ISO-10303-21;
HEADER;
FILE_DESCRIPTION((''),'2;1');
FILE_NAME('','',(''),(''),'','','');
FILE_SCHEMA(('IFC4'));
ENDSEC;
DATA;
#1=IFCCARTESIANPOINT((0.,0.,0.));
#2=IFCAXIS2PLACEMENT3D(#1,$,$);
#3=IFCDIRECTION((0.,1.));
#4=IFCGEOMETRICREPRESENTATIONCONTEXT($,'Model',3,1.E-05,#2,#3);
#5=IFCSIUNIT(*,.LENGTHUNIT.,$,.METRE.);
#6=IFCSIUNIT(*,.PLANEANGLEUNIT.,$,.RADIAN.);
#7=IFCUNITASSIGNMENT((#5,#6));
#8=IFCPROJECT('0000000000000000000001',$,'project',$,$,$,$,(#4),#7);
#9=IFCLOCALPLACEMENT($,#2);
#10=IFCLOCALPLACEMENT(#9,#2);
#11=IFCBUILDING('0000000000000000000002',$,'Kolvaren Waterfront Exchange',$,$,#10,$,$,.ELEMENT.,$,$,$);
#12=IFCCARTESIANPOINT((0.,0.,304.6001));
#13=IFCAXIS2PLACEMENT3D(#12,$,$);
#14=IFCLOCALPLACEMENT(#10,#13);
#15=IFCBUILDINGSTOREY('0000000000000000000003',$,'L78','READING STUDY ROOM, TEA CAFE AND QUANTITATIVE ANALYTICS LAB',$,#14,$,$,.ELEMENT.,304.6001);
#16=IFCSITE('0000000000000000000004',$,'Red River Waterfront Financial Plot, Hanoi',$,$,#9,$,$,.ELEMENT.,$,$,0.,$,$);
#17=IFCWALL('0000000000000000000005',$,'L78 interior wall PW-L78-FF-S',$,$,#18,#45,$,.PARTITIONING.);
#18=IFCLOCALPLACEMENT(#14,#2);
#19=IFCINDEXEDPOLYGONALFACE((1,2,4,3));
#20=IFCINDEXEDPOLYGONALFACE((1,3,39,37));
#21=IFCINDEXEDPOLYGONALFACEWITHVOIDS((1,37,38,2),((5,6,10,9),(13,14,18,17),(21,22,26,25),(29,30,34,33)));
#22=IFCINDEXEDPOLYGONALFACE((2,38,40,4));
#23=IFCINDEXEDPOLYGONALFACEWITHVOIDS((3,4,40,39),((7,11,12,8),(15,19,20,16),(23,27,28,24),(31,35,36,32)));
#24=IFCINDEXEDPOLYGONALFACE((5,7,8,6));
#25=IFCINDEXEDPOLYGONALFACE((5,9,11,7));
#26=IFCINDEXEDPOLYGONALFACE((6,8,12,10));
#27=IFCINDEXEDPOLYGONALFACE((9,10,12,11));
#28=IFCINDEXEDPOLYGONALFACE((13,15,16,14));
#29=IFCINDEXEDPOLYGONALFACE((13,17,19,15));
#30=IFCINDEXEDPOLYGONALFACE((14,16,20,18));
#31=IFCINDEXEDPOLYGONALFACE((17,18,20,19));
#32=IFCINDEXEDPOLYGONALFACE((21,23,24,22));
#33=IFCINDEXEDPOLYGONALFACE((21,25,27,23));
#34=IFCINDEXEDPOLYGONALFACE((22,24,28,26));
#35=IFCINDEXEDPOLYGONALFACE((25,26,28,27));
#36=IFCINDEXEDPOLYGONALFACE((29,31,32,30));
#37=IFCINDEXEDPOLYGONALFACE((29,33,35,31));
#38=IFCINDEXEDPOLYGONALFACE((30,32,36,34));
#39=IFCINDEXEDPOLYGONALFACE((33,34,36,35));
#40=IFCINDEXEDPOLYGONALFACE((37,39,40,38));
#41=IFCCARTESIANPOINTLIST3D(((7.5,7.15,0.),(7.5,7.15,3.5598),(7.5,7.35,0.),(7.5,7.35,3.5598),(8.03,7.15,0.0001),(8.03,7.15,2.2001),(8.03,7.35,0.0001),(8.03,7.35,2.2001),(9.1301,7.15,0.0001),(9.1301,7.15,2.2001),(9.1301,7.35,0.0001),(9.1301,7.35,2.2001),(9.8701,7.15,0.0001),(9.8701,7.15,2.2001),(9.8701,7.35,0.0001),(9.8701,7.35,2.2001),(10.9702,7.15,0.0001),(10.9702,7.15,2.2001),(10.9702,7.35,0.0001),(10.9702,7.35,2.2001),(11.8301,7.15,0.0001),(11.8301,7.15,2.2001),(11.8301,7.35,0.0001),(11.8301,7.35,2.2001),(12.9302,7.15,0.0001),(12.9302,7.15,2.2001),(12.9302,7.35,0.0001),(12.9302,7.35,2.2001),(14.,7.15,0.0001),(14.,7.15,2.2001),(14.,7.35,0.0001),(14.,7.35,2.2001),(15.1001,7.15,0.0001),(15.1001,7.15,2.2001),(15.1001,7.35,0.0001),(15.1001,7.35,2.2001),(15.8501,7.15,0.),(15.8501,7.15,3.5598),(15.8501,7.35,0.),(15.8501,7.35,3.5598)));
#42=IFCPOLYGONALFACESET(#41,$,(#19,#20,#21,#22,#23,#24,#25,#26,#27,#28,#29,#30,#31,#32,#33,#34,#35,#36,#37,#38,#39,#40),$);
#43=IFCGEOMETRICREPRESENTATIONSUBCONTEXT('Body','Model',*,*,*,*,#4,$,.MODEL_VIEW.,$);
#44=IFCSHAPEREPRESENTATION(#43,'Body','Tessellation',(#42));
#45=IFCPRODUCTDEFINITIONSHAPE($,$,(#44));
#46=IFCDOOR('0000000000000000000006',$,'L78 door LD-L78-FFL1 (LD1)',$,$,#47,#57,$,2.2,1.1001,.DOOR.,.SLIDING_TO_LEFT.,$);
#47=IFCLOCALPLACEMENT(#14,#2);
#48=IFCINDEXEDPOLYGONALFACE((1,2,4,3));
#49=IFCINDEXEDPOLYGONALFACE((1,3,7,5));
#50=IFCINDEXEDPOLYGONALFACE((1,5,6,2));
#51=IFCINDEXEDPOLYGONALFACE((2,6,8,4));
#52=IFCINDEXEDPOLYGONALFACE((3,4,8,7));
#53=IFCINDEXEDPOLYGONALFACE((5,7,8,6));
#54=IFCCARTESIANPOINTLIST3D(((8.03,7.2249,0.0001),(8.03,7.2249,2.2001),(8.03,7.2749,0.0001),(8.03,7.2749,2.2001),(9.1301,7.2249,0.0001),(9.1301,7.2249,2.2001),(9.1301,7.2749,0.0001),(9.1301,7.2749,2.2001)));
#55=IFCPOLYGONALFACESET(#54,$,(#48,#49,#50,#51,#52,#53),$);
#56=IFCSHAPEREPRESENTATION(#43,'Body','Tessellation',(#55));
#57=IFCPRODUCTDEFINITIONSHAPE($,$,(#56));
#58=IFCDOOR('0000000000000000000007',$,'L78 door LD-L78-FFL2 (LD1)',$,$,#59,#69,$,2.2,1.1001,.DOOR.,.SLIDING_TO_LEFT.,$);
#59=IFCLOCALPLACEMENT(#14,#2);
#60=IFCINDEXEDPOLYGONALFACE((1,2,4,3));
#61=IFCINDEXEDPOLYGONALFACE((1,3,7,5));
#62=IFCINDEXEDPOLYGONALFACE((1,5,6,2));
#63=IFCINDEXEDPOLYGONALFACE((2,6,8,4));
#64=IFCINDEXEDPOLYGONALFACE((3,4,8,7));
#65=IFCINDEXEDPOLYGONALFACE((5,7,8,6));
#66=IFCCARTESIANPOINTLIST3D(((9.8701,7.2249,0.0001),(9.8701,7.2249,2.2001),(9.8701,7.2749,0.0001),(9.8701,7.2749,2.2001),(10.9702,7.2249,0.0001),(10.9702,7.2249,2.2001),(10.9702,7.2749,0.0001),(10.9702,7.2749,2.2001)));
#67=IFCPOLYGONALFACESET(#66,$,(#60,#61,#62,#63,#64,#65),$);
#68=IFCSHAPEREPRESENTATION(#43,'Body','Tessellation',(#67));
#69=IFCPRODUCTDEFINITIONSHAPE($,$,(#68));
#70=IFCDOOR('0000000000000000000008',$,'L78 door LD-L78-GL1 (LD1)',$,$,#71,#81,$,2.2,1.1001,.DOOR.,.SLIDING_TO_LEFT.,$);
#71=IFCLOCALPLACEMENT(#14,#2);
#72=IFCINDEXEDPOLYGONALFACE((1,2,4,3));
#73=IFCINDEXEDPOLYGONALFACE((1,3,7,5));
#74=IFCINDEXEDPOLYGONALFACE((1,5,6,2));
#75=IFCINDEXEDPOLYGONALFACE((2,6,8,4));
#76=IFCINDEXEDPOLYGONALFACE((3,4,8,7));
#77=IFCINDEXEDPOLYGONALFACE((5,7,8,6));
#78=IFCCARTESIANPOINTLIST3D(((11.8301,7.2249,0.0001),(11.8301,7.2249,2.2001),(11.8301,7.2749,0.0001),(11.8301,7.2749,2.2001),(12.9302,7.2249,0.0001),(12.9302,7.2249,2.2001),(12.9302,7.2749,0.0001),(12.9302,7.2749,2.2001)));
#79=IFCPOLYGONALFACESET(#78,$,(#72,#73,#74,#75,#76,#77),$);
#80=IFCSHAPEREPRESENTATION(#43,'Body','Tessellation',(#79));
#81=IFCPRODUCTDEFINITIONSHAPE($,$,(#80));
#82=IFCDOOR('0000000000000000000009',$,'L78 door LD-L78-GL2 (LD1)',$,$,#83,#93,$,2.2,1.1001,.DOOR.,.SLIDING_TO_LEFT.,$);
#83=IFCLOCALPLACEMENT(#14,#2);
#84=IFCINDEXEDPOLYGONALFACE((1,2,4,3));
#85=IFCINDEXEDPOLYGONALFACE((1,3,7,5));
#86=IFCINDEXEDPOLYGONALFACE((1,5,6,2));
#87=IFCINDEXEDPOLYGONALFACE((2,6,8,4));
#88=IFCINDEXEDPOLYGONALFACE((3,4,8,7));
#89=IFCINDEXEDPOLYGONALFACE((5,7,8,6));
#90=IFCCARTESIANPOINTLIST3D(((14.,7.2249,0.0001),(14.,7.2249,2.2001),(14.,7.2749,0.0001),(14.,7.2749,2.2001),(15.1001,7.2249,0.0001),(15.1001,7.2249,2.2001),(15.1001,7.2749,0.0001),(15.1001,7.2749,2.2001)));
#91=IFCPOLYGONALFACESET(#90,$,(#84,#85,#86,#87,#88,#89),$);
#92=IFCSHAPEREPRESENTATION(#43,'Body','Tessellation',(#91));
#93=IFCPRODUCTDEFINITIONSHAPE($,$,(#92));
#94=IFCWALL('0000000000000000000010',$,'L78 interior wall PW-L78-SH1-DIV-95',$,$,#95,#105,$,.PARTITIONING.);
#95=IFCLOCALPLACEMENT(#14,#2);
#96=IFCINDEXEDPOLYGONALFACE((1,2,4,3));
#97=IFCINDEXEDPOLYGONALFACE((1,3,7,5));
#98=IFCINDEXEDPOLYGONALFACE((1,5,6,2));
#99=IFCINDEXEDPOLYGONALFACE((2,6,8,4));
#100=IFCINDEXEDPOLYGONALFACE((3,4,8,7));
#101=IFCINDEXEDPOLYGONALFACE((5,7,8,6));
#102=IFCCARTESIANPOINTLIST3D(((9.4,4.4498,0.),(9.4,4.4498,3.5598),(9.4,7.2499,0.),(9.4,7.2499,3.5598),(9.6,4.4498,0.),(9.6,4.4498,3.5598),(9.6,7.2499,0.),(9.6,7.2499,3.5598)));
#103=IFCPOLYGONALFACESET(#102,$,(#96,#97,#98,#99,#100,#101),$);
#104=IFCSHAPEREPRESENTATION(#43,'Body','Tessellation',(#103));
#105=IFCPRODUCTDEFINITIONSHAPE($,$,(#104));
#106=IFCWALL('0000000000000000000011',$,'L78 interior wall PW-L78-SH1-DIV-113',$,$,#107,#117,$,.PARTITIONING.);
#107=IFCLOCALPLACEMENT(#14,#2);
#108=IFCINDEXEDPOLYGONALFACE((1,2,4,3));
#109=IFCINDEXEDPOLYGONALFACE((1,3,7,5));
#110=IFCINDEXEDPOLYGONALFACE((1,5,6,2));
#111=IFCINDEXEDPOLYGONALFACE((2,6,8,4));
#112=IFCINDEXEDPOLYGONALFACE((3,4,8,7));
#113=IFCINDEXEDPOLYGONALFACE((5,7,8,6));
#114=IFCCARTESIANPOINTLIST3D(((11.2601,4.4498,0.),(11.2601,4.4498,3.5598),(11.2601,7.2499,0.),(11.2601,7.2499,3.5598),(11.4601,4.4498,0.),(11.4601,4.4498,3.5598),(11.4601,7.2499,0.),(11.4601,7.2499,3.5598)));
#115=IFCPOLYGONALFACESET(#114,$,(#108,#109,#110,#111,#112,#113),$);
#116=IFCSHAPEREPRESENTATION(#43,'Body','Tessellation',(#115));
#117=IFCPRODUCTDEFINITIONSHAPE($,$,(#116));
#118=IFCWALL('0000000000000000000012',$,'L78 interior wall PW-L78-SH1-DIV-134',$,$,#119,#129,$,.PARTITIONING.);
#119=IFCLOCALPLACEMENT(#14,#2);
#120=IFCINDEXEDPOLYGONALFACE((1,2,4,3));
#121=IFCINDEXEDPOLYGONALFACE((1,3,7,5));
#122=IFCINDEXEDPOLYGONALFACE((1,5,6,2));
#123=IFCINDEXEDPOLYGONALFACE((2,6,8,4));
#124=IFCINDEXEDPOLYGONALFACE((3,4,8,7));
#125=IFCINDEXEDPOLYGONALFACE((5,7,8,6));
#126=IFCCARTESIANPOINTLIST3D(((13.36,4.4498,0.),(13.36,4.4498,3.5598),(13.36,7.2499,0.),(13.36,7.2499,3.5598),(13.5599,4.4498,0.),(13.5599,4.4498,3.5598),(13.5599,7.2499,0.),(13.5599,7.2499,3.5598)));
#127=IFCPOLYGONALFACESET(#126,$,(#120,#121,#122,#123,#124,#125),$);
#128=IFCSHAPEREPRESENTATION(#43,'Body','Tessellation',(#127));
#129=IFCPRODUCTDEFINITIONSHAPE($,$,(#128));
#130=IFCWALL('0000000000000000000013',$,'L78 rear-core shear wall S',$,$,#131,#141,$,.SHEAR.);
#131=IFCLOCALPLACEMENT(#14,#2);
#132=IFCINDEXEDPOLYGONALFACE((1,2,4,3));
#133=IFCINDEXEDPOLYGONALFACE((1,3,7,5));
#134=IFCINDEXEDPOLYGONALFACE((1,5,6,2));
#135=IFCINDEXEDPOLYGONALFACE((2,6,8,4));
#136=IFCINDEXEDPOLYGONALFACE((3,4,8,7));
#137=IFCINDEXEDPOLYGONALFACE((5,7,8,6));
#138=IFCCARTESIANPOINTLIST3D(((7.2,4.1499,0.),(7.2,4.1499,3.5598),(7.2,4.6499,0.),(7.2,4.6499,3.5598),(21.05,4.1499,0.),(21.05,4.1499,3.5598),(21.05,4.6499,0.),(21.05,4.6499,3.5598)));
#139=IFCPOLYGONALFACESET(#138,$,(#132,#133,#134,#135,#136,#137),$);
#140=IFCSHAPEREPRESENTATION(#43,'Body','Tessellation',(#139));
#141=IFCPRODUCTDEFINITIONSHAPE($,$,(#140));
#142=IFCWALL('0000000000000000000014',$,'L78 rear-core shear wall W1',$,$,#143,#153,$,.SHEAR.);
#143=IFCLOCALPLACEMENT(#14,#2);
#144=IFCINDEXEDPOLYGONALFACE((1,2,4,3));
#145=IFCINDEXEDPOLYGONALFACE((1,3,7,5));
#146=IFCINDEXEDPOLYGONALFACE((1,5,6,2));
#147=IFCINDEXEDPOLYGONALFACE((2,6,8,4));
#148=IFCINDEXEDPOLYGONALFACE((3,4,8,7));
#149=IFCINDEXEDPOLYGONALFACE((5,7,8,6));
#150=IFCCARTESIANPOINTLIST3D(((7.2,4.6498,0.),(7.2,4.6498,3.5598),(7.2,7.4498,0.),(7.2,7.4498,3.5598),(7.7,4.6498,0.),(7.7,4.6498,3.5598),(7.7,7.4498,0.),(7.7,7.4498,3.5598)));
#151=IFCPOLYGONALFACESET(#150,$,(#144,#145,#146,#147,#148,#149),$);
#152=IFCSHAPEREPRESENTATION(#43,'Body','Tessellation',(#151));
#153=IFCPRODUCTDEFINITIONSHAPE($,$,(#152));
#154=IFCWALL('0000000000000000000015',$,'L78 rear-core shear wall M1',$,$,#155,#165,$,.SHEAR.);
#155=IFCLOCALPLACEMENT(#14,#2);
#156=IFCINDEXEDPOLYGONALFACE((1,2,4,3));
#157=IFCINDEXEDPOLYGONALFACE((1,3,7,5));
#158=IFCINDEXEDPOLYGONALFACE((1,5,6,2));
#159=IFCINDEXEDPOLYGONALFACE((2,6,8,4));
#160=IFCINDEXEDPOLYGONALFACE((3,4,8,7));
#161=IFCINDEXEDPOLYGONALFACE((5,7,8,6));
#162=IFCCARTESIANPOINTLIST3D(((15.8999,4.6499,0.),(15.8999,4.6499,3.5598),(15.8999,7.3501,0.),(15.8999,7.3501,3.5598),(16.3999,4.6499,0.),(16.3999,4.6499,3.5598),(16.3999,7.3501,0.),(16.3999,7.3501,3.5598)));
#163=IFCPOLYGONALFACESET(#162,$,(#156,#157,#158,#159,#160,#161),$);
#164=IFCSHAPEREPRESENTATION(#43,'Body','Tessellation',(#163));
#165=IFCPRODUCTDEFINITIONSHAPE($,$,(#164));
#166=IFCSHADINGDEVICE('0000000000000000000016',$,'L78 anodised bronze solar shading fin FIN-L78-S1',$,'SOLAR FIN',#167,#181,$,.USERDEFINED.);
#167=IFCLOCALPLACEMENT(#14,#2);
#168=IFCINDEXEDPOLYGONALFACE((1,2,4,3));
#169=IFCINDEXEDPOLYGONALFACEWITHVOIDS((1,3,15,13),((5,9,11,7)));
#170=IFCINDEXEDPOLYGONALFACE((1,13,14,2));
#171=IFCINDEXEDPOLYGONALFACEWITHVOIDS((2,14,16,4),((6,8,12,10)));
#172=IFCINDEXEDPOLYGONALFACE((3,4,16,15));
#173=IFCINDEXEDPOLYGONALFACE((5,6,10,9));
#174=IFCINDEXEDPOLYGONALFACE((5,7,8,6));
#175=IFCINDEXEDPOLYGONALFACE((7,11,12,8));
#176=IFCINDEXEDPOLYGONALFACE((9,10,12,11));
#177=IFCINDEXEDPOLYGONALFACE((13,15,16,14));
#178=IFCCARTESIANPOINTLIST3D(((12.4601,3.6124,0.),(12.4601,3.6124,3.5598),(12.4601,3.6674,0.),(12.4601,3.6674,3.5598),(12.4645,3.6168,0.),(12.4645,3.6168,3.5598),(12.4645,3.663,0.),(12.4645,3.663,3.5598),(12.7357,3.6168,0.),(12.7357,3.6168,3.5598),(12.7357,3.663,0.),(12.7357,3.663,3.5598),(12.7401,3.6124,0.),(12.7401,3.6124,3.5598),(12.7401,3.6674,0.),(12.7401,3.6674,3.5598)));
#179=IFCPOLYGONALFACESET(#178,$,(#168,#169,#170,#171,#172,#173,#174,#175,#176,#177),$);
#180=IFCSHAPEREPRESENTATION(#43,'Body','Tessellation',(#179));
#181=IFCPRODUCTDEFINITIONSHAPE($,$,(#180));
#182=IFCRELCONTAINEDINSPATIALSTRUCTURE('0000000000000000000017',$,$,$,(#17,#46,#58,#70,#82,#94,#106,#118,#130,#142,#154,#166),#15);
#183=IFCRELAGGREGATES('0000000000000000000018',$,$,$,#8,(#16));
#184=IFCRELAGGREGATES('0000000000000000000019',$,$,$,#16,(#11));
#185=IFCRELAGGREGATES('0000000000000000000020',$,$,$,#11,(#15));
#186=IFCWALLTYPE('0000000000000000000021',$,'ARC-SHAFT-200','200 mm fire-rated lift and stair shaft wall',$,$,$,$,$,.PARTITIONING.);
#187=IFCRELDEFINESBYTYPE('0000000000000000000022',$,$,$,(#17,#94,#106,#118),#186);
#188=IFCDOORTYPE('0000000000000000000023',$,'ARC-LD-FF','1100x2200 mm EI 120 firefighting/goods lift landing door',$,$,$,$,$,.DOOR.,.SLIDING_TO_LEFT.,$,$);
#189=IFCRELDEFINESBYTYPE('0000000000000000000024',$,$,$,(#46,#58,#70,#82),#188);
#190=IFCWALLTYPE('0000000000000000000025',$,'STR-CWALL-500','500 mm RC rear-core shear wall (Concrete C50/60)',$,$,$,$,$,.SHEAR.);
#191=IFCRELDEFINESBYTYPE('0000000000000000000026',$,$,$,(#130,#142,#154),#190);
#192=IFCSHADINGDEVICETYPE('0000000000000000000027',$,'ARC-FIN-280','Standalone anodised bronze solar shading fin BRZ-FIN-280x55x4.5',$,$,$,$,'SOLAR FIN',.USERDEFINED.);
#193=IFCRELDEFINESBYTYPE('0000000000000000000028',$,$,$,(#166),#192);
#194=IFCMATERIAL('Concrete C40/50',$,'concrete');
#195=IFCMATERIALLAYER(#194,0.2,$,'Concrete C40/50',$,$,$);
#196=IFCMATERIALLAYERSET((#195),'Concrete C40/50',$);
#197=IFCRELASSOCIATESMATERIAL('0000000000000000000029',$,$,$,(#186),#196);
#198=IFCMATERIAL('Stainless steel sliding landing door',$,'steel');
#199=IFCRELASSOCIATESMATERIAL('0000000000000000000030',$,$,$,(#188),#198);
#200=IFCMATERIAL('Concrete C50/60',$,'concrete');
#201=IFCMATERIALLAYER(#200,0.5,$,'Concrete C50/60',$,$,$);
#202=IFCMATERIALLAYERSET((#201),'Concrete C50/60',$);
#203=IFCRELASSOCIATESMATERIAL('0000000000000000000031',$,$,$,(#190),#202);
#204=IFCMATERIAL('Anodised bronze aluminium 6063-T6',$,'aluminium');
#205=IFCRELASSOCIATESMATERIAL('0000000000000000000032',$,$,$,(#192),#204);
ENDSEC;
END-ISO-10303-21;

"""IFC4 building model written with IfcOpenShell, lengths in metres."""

from ifc_helpers import new_model, si_unit, direction, frame, frame_2d, origin, origin_2d, place, context, subcontext, project, spatial, rectangle, hollow_rectangle, extrude, material, layer, layer_set, material_profile, profile_set, type_object, element, fill, save


model = new_model("IFC4")

# Units and contexts
model_context = context("Model", 3, precision=1e-05, world=origin(), true_north=direction((0.0, 1.0)))
body_context = subcontext(model_context, "Body", "Model", "MODEL_VIEW")
ifc_project = project(units=[si_unit("LENGTHUNIT", "METRE"), si_unit("PLANEANGLEUNIT", "RADIAN")], contexts=[model_context])

# Site, building, storey
site_placement = place(None, origin())
site = spatial("IfcSite", under=ifc_project, at=site_placement, Name="Red River Waterfront Financial Plot, Hanoi", CompositionType="ELEMENT", RefElevation=0.0)
building_placement = place(site_placement, origin())
building = spatial("IfcBuilding", under=site, at=building_placement, Name="Kolvaren Waterfront Exchange", CompositionType="ELEMENT")
storey_placement = place(building_placement, frame((0.0, 0.0, 304.6001)))
storey = spatial("IfcBuildingStorey", under=building, at=storey_placement, Name="L78", Description="READING STUDY ROOM, TEA CAFE AND QUANTITATIVE ANALYTICS LAB", CompositionType="ELEMENT", Elevation=304.6001)

# Shared definitions
ifc_material_1 = material(Name="Concrete C50/60", Category="concrete")

# Shared definitions
ifc_material_2 = material(Name="Anodised bronze aluminium 6063-T6", Category="aluminium")

# Shared definitions
ifc_material_3 = material(Name="Concrete C40/50", Category="concrete")
ifc_layer_1 = layer(ifc_material_3, 0.2, Name="Concrete C40/50")
ifc_layer_set_1 = layer_set([ifc_layer_1], Name="Concrete C40/50")
wall_type_1 = type_object("IfcWallType", Name="ARC-SHAFT-200", Description="200 mm fire-rated lift and stair shaft wall", PredefinedType="PARTITIONING", material=ifc_layer_set_1)

# Wall, openings, doors
wall_1_placement = place(storey_placement, frame((7.5, 7.25, 0.0), z_axis=(0.0, 0.0, 1.0), x_axis=(1.0, 0.0, 0.0)))
wall_1 = element("IfcWall", 1, at=wall_1_placement, inside=storey, type_object=wall_type_1, Name="L78 interior wall PW-L78-FF-S", PredefinedType="PARTITIONING", context=body_context, shape_type="SweptSolid", body=[
    extrude(rectangle(XDim=8.3501, YDim=0.2, at=frame_2d((4.175, 0.0))), origin(), (0.0, 0.0, 1.0), 3.5598),
])
opening_1_placement = place(wall_1_placement, frame((0.53, 0.0, 0.0)))
opening_1 = element("IfcOpeningElement", 2, at=opening_1_placement, cuts=wall_1, PredefinedType="OPENING", context=body_context, shape_type="SweptSolid", body=[
    extrude(rectangle(XDim=1.1001, YDim=2.2, at=frame_2d((0.55, 1.1001))), frame((0.0, 0.1099, 0.0), z_axis=(0.0, -1.0, 0.0), x_axis=(1.0, 0.0, 0.0)), (0.0, 0.0, 1.0), 0.22),
])
opening_2_placement = place(wall_1_placement, frame((2.3701, 0.0, 0.0)))
opening_2 = element("IfcOpeningElement", 3, at=opening_2_placement, cuts=wall_1, PredefinedType="OPENING", context=body_context, shape_type="SweptSolid", body=[
    extrude(rectangle(XDim=1.1001, YDim=2.2, at=frame_2d((0.55, 1.1001))), frame((0.0, 0.1099, 0.0), z_axis=(0.0, -1.0, 0.0), x_axis=(1.0, 0.0, 0.0)), (0.0, 0.0, 1.0), 0.22),
])
opening_3_placement = place(wall_1_placement, frame((4.3301, 0.0, 0.0)))
opening_3 = element("IfcOpeningElement", 4, at=opening_3_placement, cuts=wall_1, PredefinedType="OPENING", context=body_context, shape_type="SweptSolid", body=[
    extrude(rectangle(XDim=1.1001, YDim=2.2, at=frame_2d((0.55, 1.1001))), frame((0.0, 0.1099, 0.0), z_axis=(0.0, -1.0, 0.0), x_axis=(1.0, 0.0, 0.0)), (0.0, 0.0, 1.0), 0.22),
])
opening_4_placement = place(wall_1_placement, frame((6.5, 0.0, 0.0)))
opening_4 = element("IfcOpeningElement", 5, at=opening_4_placement, cuts=wall_1, PredefinedType="OPENING", context=body_context, shape_type="SweptSolid", body=[
    extrude(rectangle(XDim=1.1001, YDim=2.2, at=frame_2d((0.55, 1.1001))), frame((0.0, 0.1099, 0.0), z_axis=(0.0, -1.0, 0.0), x_axis=(1.0, 0.0, 0.0)), (0.0, 0.0, 1.0), 0.22),
])
ifc_material_4 = material(Name="Stainless steel sliding landing door", Category="steel")
door_type = type_object("IfcDoorType", Name="ARC-LD-FF", Description="1100x2200 mm EI 120 firefighting/goods lift landing door", OperationType="SLIDING_TO_LEFT", PredefinedType="DOOR", material=ifc_material_4)
door_1_placement = place(opening_1_placement, origin())
door_1 = element("IfcDoor", 6, at=door_1_placement, inside=storey, type_object=door_type, Name="L78 door LD-L78-FFL1 (LD1)", OperationType="SLIDING_TO_LEFT", OverallHeight=2.2, OverallWidth=1.1001, PredefinedType="DOOR", context=body_context, shape_type="SweptSolid", body=[
    extrude(rectangle(XDim=1.1001, YDim=2.2, at=frame_2d((0.55, 1.1001))), frame((0.0, 0.0249, 0.0), z_axis=(0.0, -1.0, 0.0), x_axis=(1.0, 0.0, 0.0)), (0.0, 0.0, 1.0), 0.05),
])
fill(opening_1, door_1)
door_2_placement = place(opening_2_placement, origin())
door_2 = element("IfcDoor", 7, at=door_2_placement, inside=storey, type_object=door_type, Name="L78 door LD-L78-FFL2 (LD1)", OperationType="SLIDING_TO_LEFT", OverallHeight=2.2, OverallWidth=1.1001, PredefinedType="DOOR", context=body_context, shape_type="SweptSolid", body=[
    extrude(rectangle(XDim=1.1001, YDim=2.2, at=frame_2d((0.55, 1.1001))), frame((0.0, 0.0249, 0.0), z_axis=(0.0, -1.0, 0.0), x_axis=(1.0, 0.0, 0.0)), (0.0, 0.0, 1.0), 0.05),
])
fill(opening_2, door_2)
door_3_placement = place(opening_3_placement, origin())
door_3 = element("IfcDoor", 8, at=door_3_placement, inside=storey, type_object=door_type, Name="L78 door LD-L78-GL1 (LD1)", OperationType="SLIDING_TO_LEFT", OverallHeight=2.2, OverallWidth=1.1001, PredefinedType="DOOR", context=body_context, shape_type="SweptSolid", body=[
    extrude(rectangle(XDim=1.1001, YDim=2.2, at=frame_2d((0.55, 1.1001))), frame((0.0, 0.0249, 0.0), z_axis=(0.0, -1.0, 0.0), x_axis=(1.0, 0.0, 0.0)), (0.0, 0.0, 1.0), 0.05),
])
fill(opening_3, door_3)
door_4_placement = place(opening_4_placement, origin())
door_4 = element("IfcDoor", 9, at=door_4_placement, inside=storey, type_object=door_type, Name="L78 door LD-L78-GL2 (LD1)", OperationType="SLIDING_TO_LEFT", OverallHeight=2.2, OverallWidth=1.1001, PredefinedType="DOOR", context=body_context, shape_type="SweptSolid", body=[
    extrude(rectangle(XDim=1.1001, YDim=2.2, at=frame_2d((0.55, 1.1001))), frame((0.0, 0.0249, 0.0), z_axis=(0.0, -1.0, 0.0), x_axis=(1.0, 0.0, 0.0)), (0.0, 0.0, 1.0), 0.05),
])
fill(opening_4, door_4)

# Walls
for number, where, z_axis, x_axis, name in (
    (10, (9.5, 4.45, 0.0), (0.0, 0.0, 1.0), (0.0, 1.0, 0.0), "L78 interior wall PW-L78-SH1-DIV-95"),
    (11, (11.3601, 4.45, 0.0), (0.0, 0.0, 1.0), (0.0, 1.0, 0.0), "L78 interior wall PW-L78-SH1-DIV-113"),
    (12, (13.46, 4.45, 0.0), (0.0, 0.0, 1.0), (0.0, 1.0, 0.0), "L78 interior wall PW-L78-SH1-DIV-134"),
):
    element("IfcWall", number, at=place(storey_placement, frame(where, z_axis=z_axis, x_axis=x_axis)), inside=storey, type_object=wall_type_1, Name=name, PredefinedType="PARTITIONING", context=body_context, shape_type="SweptSolid", body=[
        extrude(rectangle(XDim=2.8, YDim=0.2, at=frame_2d((1.3999, 0.0))), origin(), (0.0, 0.0, 1.0), 3.5598),
    ])
ifc_layer_2 = layer(ifc_material_1, 0.5, Name="Concrete C50/60")
ifc_layer_set_2 = layer_set([ifc_layer_2], Name="Concrete C50/60")
wall_type_2 = type_object("IfcWallType", Name="STR-CWALL-500", Description="500 mm RC rear-core shear wall (Concrete C50/60)", PredefinedType="SHEAR", material=ifc_layer_set_2)
wall_2_placement = place(storey_placement, frame((7.2, 4.3999, 0.0), z_axis=(0.0, 0.0, 1.0), x_axis=(1.0, 0.0, 0.0)))
element("IfcWall", 13, at=wall_2_placement, inside=storey, type_object=wall_type_2, Name="L78 rear-core shear wall S", PredefinedType="SHEAR", context=body_context, shape_type="SweptSolid", body=[
    extrude(rectangle(XDim=13.8501, YDim=0.5, at=frame_2d((6.925, 0.0))), origin(), (0.0, 0.0, 1.0), 3.5598),
])
wall_3_placement = place(storey_placement, frame((7.45, 4.6499, 0.0), z_axis=(0.0, 0.0, 1.0), x_axis=(0.0, 1.0, 0.0)))
element("IfcWall", 14, at=wall_3_placement, inside=storey, type_object=wall_type_2, Name="L78 rear-core shear wall W1", PredefinedType="SHEAR", context=body_context, shape_type="SweptSolid", body=[
    extrude(rectangle(XDim=2.8, YDim=0.5, at=frame_2d((1.3999, 0.0))), origin(), (0.0, 0.0, 1.0), 3.5598),
])
wall_4_placement = place(storey_placement, frame((16.1499, 4.6499, 0.0), z_axis=(0.0, 0.0, 1.0), x_axis=(0.0, 1.0, 0.0)))
element("IfcWall", 15, at=wall_4_placement, inside=storey, type_object=wall_type_2, Name="L78 rear-core shear wall M1", PredefinedType="SHEAR", context=body_context, shape_type="SweptSolid", body=[
    extrude(rectangle(XDim=2.7002, YDim=0.5, at=frame_2d((1.3501, 0.0))), origin(), (0.0, 0.0, 1.0), 3.5598),
])

# Shading device
ifc_material_profile_1 = material_profile(ifc_material_2, hollow_rectangle(XDim=0.0549, YDim=0.28, WallThickness=0.0044, at=origin_2d()), Name="BRZ-FIN-280x55x4.5")
ifc_profile_set_1 = profile_set([ifc_material_profile_1], Name="Anodised bronze aluminium 6063-T6")
shading_device_type = type_object("IfcShadingDeviceType", Name="ARC-FIN-280", Description="Standalone anodised bronze solar shading fin BRZ-FIN-280x55x4.5", ElementType="SOLAR FIN", PredefinedType="USERDEFINED", material=ifc_profile_set_1)
shading_device_placement = place(storey_placement, frame((12.6001, 3.6399, 0.0), z_axis=(0.0, 0.0, 1.0), x_axis=(0.0, -1.0, 0.0)))
element("IfcShadingDevice", 16, at=shading_device_placement, inside=storey, type_object=shading_device_type, Name="L78 anodised bronze solar shading fin FIN-L78-S1", ObjectType="SOLAR FIN", PredefinedType="USERDEFINED", context=body_context, shape_type="SweptSolid", body=[
    extrude(hollow_rectangle(XDim=0.0549, YDim=0.28, WallThickness=0.0044, at=origin_2d()), origin(), (0.0, 0.0, 1.0), 3.5598),
])

save(model, "model.ifc")
